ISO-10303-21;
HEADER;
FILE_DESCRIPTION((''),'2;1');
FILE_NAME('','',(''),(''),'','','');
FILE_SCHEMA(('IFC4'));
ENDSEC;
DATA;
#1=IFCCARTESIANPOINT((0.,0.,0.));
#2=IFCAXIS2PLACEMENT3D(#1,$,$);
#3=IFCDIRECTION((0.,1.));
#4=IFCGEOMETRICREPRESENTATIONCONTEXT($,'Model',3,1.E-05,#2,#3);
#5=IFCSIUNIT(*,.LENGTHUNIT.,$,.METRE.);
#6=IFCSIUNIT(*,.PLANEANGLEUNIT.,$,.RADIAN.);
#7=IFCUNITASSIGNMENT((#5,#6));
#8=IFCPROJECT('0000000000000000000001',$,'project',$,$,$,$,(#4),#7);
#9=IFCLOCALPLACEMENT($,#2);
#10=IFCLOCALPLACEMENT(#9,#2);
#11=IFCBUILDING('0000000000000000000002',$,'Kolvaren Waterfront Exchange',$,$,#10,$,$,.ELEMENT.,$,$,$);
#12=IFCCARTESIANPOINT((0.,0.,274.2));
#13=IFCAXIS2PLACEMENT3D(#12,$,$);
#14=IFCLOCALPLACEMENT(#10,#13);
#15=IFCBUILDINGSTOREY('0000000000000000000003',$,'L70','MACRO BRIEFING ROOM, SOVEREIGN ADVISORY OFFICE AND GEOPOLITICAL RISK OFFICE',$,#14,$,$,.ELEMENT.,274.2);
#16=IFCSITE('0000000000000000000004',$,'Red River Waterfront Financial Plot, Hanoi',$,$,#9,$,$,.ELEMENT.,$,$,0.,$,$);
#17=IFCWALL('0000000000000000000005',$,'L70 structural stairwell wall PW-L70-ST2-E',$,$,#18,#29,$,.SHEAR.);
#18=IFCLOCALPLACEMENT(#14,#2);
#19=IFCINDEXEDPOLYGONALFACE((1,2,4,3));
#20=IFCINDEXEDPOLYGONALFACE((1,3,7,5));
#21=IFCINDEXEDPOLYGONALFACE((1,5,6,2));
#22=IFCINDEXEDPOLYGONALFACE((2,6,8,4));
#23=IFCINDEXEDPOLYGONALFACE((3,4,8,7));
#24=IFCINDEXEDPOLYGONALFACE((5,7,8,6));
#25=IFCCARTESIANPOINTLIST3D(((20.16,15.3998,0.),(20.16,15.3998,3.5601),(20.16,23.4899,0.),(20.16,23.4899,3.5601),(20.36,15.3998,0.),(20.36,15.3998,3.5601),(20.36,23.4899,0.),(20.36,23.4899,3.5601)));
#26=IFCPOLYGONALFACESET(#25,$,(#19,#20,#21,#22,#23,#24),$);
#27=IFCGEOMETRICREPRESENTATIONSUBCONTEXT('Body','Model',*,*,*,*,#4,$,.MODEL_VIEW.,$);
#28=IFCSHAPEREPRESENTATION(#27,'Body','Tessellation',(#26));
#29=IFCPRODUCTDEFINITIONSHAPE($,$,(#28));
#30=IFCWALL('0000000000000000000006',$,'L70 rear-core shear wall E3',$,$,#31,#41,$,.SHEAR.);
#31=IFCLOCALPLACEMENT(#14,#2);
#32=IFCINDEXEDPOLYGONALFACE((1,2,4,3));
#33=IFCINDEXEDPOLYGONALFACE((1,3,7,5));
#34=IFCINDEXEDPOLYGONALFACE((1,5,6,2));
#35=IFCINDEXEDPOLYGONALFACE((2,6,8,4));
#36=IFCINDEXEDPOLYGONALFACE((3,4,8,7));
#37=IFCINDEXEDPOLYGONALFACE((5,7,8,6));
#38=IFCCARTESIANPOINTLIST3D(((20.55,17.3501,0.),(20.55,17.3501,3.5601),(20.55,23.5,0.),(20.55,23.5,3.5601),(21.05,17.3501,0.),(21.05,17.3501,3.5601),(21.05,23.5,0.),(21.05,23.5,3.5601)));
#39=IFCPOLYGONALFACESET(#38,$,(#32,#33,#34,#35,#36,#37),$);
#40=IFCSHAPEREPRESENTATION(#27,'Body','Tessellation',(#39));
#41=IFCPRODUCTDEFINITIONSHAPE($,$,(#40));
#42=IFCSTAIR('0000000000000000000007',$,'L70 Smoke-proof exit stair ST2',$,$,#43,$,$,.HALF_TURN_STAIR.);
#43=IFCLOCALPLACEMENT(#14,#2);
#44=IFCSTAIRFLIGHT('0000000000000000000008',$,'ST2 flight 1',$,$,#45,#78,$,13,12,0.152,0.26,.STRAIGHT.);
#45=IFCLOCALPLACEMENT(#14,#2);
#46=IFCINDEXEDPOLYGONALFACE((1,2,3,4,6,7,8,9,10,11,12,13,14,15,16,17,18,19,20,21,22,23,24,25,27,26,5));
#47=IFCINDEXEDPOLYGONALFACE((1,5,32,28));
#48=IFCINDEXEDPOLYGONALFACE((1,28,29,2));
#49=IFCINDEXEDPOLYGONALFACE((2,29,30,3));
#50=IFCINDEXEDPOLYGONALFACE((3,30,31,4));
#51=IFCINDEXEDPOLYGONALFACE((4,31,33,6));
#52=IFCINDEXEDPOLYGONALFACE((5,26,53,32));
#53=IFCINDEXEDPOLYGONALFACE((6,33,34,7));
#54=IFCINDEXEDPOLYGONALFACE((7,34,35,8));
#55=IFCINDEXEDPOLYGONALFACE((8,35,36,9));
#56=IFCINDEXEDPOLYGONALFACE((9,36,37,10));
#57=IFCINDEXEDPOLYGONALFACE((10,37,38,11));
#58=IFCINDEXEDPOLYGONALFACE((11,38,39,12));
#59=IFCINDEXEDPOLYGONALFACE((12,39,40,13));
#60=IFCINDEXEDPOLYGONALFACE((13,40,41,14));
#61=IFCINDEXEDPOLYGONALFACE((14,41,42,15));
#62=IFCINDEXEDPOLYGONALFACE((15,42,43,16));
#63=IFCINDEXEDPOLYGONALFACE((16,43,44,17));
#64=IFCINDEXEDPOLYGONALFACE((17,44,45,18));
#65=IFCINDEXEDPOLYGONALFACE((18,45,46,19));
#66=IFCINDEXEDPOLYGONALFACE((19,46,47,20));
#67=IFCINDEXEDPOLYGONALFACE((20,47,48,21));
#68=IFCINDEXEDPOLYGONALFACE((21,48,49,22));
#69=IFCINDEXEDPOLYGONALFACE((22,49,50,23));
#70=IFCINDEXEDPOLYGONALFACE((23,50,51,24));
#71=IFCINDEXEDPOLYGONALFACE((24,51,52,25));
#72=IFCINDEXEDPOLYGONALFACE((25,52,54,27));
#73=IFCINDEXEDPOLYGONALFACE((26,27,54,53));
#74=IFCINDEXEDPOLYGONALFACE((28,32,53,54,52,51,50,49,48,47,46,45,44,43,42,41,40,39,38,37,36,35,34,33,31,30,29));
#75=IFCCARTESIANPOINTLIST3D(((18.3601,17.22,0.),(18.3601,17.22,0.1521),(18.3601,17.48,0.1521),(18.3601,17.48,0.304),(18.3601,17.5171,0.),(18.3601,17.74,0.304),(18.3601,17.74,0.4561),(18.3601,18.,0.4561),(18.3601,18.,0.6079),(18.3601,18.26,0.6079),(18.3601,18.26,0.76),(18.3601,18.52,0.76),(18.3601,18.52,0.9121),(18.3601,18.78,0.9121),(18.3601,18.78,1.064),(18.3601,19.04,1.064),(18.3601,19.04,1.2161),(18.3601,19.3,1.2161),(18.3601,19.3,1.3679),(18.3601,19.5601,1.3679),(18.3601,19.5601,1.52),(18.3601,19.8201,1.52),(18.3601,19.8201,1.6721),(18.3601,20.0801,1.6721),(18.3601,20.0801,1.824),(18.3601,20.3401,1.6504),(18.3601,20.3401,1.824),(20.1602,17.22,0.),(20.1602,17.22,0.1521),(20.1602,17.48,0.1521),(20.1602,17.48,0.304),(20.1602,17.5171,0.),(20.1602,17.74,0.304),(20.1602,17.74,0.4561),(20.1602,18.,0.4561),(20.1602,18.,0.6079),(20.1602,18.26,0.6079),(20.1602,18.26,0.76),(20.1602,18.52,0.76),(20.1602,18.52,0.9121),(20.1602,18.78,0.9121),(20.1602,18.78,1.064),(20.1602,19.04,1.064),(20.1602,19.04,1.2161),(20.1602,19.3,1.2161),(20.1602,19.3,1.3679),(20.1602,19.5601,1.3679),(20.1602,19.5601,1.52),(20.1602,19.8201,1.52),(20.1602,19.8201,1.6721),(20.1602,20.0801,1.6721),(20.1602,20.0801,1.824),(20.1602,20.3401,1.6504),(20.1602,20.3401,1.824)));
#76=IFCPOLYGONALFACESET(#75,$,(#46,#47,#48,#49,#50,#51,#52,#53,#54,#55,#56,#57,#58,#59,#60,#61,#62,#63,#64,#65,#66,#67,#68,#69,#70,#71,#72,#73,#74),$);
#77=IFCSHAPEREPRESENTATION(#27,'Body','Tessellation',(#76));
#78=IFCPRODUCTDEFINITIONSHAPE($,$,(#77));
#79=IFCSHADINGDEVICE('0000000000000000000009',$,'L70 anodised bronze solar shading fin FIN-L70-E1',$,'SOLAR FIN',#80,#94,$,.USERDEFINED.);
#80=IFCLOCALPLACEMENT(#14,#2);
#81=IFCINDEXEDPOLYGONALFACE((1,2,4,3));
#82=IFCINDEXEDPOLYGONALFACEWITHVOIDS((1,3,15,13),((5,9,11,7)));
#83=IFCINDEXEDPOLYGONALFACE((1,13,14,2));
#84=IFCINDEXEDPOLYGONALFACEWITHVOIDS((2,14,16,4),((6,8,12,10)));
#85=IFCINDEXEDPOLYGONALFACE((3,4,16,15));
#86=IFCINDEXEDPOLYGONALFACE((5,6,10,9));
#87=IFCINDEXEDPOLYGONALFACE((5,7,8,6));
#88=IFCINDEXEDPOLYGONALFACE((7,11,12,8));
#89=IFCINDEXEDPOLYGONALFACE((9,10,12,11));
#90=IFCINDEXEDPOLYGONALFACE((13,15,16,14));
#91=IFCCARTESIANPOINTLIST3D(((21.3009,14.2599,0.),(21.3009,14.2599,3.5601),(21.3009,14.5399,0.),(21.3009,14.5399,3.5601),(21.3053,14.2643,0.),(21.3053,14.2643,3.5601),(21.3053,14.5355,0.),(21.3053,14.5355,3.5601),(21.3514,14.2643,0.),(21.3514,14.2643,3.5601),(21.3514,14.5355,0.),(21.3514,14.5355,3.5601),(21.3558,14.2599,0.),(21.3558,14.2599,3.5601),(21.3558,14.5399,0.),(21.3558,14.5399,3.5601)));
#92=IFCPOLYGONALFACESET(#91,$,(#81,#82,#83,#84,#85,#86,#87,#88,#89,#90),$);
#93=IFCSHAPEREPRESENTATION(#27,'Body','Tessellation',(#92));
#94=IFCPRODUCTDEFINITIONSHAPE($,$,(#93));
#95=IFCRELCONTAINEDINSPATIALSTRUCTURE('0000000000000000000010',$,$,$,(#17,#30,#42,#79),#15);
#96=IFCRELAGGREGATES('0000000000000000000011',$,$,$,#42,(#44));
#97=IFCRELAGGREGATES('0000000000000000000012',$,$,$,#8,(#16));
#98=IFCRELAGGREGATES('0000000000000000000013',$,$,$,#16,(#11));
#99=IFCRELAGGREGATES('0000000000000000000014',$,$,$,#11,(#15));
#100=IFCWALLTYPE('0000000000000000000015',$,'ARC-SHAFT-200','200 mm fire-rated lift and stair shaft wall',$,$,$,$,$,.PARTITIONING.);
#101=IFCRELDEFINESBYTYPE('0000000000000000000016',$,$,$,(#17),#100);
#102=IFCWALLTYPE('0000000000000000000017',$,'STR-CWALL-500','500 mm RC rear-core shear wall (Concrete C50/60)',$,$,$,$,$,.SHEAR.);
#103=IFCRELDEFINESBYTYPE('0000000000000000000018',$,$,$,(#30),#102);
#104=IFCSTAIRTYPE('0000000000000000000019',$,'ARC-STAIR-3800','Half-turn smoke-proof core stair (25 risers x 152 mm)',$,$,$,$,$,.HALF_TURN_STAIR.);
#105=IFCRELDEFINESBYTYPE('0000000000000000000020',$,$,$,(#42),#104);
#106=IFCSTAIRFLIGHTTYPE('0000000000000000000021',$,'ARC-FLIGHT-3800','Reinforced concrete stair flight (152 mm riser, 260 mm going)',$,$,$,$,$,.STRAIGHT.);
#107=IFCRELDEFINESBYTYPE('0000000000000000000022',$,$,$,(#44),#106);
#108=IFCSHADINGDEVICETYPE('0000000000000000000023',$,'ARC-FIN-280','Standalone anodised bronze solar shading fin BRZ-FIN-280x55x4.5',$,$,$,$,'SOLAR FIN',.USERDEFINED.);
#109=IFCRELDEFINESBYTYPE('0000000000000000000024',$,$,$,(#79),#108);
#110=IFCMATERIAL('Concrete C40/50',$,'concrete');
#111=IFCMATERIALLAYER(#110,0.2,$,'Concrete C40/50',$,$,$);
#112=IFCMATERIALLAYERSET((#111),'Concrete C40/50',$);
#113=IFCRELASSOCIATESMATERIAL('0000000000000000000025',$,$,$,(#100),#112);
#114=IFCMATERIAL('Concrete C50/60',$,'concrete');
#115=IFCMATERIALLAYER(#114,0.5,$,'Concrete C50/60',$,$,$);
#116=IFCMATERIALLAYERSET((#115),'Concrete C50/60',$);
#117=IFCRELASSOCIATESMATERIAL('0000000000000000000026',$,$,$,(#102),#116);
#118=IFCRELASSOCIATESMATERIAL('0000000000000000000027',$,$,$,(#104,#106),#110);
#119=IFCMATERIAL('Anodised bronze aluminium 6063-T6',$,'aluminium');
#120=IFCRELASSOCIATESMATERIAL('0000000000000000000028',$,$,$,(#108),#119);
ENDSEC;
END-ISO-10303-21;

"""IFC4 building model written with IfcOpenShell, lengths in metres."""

from ifc_helpers import new_model, si_unit, direction, frame, frame_2d, origin, origin_2d, place, context, subcontext, project, spatial, polyline, rectangle, hollow_rectangle, outline, extrude, material, layer, layer_set, material_profile, profile_set, type_object, element, aggregate, save


model = new_model("IFC4")

# Units and contexts
model_context = context("Model", 3, precision=1e-05, world=origin(), true_north=direction((0.0, 1.0)))
body_context = subcontext(model_context, "Body", "Model", "MODEL_VIEW")
ifc_project = project(units=[si_unit("LENGTHUNIT", "METRE"), si_unit("PLANEANGLEUNIT", "RADIAN")], contexts=[model_context])

# Site, building, storey
site_placement = place(None, origin())
site = spatial("IfcSite", under=ifc_project, at=site_placement, Name="Red River Waterfront Financial Plot, Hanoi", CompositionType="ELEMENT", RefElevation=0.0)
building_placement = place(site_placement, origin())
building = spatial("IfcBuilding", under=site, at=building_placement, Name="Kolvaren Waterfront Exchange", CompositionType="ELEMENT")
storey_placement = place(building_placement, frame((0.0, 0.0, 274.2)))
storey = spatial("IfcBuildingStorey", under=building, at=storey_placement, Name="L70", Description="MACRO BRIEFING ROOM, SOVEREIGN ADVISORY OFFICE AND GEOPOLITICAL RISK OFFICE", CompositionType="ELEMENT", Elevation=274.2)

# Shared definitions
ifc_material_1 = material(Name="Concrete C50/60", Category="concrete")

# Walls
ifc_material_2 = material(Name="Concrete C40/50", Category="concrete")
ifc_layer_1 = layer(ifc_material_2, 0.2, Name="Concrete C40/50")
ifc_layer_set_1 = layer_set([ifc_layer_1], Name="Concrete C40/50")
wall_type_1 = type_object("IfcWallType", Name="ARC-SHAFT-200", Description="200 mm fire-rated lift and stair shaft wall", PredefinedType="PARTITIONING", material=ifc_layer_set_1)
wall_1_placement = place(storey_placement, frame((20.26, 15.3999, 0.0), z_axis=(0.0, 0.0, 1.0), x_axis=(0.0, 1.0, 0.0)))
element("IfcWall", 1, at=wall_1_placement, inside=storey, type_object=wall_type_1, Name="L70 structural stairwell wall PW-L70-ST2-E", PredefinedType="SHEAR", context=body_context, shape_type="SweptSolid", body=[
    extrude(rectangle(XDim=8.0901, YDim=0.2, at=frame_2d((4.0449, 0.0))), origin(), (0.0, 0.0, 1.0), 3.5601),
])
ifc_layer_2 = layer(ifc_material_1, 0.5, Name="Concrete C50/60")
ifc_layer_set_2 = layer_set([ifc_layer_2], Name="Concrete C50/60")
wall_type_2 = type_object("IfcWallType", Name="STR-CWALL-500", Description="500 mm RC rear-core shear wall (Concrete C50/60)", PredefinedType="SHEAR", material=ifc_layer_set_2)
wall_2_placement = place(storey_placement, frame((20.8, 17.3501, 0.0), z_axis=(0.0, 0.0, 1.0), x_axis=(0.0, 1.0, 0.0)))
element("IfcWall", 2, at=wall_2_placement, inside=storey, type_object=wall_type_2, Name="L70 rear-core shear wall E3", PredefinedType="SHEAR", context=body_context, shape_type="SweptSolid", body=[
    extrude(rectangle(XDim=6.1499, YDim=0.5, at=frame_2d((3.075, 0.0))), origin(), (0.0, 0.0, 1.0), 3.5601),
])

# Stair, stair flight
stair_type = type_object("IfcStairType", Name="ARC-STAIR-3800", Description="Half-turn smoke-proof core stair (25 risers x 152 mm)", PredefinedType="HALF_TURN_STAIR", material=ifc_material_2)
stair_placement = place(storey_placement, origin())
stair = element("IfcStair", 3, at=stair_placement, inside=storey, type_object=stair_type, Name="L70 Smoke-proof exit stair ST2", PredefinedType="HALF_TURN_STAIR")
stair_flight_type = type_object("IfcStairFlightType", Name="ARC-FLIGHT-3800", Description="Reinforced concrete stair flight (152 mm riser, 260 mm going)", PredefinedType="STRAIGHT", material=ifc_material_2)
stair_flight_placement = place(storey_placement, frame((19.26, 17.22, 0.0), z_axis=(0.0, 0.0, 1.0), x_axis=(0.0, 1.0, 0.0)))
stair_flight = element("IfcStairFlight", 4, at=stair_flight_placement, type_object=stair_flight_type, Name="ST2 flight 1", NumberOfRisers=13, NumberOfTreads=12, PredefinedType="STRAIGHT", RiserHeight=0.152, TreadLength=0.26, context=body_context, shape_type="SweptSolid", body=[
    extrude(outline(polyline([(0.0, 0.0), (0.0, 0.1521), (0.26, 0.1521), (0.26, 0.304), (0.52, 0.304), (0.52, 0.4561), (0.78, 0.4561), (0.78, 0.6079), (1.04, 0.6079), (1.04, 0.76), (1.3, 0.76), (1.3, 0.9121), (1.5601, 0.9121), (1.5601, 1.064), (1.8201, 1.064), (1.8201, 1.2161), (2.0801, 1.2161), (2.0801, 1.3679), (2.3401, 1.3679), (2.3401, 1.52), (2.6001, 1.52), (2.6001, 1.6721), (2.8601, 1.6721), (2.8601, 1.824), (3.1201, 1.824), (3.1201, 1.9761), (3.1201, 1.6504), (0.2971, 0.0), (0.0, 0.0)])), frame((0.0, 0.8999, 0.0), z_axis=(0.0, -1.0, 0.0), x_axis=(1.0, 0.0, 0.0)), (0.0, 0.0, 1.0), 1.8),
])
aggregate(stair, [stair_flight])

# Shading device
ifc_material_3 = material(Name="Anodised bronze aluminium 6063-T6", Category="aluminium")
ifc_material_profile_1 = material_profile(ifc_material_3, hollow_rectangle(XDim=0.0549, YDim=0.28, WallThickness=0.0044, at=origin_2d()), Name="BRZ-FIN-280x55x4.5")
ifc_profile_set_1 = profile_set([ifc_material_profile_1], Name="Anodised bronze aluminium 6063-T6")
shading_device_type = type_object("IfcShadingDeviceType", Name="ARC-FIN-280", Description="Standalone anodised bronze solar shading fin BRZ-FIN-280x55x4.5", ElementType="SOLAR FIN", PredefinedType="USERDEFINED", material=ifc_profile_set_1)
shading_device_placement = place(storey_placement, frame((21.3284, 14.3999, 0.0), z_axis=(0.0, 0.0, 1.0), x_axis=(1.0, 0.0, 0.0)))
element("IfcShadingDevice", 5, at=shading_device_placement, inside=storey, type_object=shading_device_type, Name="L70 anodised bronze solar shading fin FIN-L70-E1", ObjectType="SOLAR FIN", PredefinedType="USERDEFINED", context=body_context, shape_type="SweptSolid", body=[
    extrude(hollow_rectangle(XDim=0.0549, YDim=0.28, WallThickness=0.0044, at=origin_2d()), origin(), (0.0, 0.0, 1.0), 3.5601),
])

save(model, "model.ifc")
